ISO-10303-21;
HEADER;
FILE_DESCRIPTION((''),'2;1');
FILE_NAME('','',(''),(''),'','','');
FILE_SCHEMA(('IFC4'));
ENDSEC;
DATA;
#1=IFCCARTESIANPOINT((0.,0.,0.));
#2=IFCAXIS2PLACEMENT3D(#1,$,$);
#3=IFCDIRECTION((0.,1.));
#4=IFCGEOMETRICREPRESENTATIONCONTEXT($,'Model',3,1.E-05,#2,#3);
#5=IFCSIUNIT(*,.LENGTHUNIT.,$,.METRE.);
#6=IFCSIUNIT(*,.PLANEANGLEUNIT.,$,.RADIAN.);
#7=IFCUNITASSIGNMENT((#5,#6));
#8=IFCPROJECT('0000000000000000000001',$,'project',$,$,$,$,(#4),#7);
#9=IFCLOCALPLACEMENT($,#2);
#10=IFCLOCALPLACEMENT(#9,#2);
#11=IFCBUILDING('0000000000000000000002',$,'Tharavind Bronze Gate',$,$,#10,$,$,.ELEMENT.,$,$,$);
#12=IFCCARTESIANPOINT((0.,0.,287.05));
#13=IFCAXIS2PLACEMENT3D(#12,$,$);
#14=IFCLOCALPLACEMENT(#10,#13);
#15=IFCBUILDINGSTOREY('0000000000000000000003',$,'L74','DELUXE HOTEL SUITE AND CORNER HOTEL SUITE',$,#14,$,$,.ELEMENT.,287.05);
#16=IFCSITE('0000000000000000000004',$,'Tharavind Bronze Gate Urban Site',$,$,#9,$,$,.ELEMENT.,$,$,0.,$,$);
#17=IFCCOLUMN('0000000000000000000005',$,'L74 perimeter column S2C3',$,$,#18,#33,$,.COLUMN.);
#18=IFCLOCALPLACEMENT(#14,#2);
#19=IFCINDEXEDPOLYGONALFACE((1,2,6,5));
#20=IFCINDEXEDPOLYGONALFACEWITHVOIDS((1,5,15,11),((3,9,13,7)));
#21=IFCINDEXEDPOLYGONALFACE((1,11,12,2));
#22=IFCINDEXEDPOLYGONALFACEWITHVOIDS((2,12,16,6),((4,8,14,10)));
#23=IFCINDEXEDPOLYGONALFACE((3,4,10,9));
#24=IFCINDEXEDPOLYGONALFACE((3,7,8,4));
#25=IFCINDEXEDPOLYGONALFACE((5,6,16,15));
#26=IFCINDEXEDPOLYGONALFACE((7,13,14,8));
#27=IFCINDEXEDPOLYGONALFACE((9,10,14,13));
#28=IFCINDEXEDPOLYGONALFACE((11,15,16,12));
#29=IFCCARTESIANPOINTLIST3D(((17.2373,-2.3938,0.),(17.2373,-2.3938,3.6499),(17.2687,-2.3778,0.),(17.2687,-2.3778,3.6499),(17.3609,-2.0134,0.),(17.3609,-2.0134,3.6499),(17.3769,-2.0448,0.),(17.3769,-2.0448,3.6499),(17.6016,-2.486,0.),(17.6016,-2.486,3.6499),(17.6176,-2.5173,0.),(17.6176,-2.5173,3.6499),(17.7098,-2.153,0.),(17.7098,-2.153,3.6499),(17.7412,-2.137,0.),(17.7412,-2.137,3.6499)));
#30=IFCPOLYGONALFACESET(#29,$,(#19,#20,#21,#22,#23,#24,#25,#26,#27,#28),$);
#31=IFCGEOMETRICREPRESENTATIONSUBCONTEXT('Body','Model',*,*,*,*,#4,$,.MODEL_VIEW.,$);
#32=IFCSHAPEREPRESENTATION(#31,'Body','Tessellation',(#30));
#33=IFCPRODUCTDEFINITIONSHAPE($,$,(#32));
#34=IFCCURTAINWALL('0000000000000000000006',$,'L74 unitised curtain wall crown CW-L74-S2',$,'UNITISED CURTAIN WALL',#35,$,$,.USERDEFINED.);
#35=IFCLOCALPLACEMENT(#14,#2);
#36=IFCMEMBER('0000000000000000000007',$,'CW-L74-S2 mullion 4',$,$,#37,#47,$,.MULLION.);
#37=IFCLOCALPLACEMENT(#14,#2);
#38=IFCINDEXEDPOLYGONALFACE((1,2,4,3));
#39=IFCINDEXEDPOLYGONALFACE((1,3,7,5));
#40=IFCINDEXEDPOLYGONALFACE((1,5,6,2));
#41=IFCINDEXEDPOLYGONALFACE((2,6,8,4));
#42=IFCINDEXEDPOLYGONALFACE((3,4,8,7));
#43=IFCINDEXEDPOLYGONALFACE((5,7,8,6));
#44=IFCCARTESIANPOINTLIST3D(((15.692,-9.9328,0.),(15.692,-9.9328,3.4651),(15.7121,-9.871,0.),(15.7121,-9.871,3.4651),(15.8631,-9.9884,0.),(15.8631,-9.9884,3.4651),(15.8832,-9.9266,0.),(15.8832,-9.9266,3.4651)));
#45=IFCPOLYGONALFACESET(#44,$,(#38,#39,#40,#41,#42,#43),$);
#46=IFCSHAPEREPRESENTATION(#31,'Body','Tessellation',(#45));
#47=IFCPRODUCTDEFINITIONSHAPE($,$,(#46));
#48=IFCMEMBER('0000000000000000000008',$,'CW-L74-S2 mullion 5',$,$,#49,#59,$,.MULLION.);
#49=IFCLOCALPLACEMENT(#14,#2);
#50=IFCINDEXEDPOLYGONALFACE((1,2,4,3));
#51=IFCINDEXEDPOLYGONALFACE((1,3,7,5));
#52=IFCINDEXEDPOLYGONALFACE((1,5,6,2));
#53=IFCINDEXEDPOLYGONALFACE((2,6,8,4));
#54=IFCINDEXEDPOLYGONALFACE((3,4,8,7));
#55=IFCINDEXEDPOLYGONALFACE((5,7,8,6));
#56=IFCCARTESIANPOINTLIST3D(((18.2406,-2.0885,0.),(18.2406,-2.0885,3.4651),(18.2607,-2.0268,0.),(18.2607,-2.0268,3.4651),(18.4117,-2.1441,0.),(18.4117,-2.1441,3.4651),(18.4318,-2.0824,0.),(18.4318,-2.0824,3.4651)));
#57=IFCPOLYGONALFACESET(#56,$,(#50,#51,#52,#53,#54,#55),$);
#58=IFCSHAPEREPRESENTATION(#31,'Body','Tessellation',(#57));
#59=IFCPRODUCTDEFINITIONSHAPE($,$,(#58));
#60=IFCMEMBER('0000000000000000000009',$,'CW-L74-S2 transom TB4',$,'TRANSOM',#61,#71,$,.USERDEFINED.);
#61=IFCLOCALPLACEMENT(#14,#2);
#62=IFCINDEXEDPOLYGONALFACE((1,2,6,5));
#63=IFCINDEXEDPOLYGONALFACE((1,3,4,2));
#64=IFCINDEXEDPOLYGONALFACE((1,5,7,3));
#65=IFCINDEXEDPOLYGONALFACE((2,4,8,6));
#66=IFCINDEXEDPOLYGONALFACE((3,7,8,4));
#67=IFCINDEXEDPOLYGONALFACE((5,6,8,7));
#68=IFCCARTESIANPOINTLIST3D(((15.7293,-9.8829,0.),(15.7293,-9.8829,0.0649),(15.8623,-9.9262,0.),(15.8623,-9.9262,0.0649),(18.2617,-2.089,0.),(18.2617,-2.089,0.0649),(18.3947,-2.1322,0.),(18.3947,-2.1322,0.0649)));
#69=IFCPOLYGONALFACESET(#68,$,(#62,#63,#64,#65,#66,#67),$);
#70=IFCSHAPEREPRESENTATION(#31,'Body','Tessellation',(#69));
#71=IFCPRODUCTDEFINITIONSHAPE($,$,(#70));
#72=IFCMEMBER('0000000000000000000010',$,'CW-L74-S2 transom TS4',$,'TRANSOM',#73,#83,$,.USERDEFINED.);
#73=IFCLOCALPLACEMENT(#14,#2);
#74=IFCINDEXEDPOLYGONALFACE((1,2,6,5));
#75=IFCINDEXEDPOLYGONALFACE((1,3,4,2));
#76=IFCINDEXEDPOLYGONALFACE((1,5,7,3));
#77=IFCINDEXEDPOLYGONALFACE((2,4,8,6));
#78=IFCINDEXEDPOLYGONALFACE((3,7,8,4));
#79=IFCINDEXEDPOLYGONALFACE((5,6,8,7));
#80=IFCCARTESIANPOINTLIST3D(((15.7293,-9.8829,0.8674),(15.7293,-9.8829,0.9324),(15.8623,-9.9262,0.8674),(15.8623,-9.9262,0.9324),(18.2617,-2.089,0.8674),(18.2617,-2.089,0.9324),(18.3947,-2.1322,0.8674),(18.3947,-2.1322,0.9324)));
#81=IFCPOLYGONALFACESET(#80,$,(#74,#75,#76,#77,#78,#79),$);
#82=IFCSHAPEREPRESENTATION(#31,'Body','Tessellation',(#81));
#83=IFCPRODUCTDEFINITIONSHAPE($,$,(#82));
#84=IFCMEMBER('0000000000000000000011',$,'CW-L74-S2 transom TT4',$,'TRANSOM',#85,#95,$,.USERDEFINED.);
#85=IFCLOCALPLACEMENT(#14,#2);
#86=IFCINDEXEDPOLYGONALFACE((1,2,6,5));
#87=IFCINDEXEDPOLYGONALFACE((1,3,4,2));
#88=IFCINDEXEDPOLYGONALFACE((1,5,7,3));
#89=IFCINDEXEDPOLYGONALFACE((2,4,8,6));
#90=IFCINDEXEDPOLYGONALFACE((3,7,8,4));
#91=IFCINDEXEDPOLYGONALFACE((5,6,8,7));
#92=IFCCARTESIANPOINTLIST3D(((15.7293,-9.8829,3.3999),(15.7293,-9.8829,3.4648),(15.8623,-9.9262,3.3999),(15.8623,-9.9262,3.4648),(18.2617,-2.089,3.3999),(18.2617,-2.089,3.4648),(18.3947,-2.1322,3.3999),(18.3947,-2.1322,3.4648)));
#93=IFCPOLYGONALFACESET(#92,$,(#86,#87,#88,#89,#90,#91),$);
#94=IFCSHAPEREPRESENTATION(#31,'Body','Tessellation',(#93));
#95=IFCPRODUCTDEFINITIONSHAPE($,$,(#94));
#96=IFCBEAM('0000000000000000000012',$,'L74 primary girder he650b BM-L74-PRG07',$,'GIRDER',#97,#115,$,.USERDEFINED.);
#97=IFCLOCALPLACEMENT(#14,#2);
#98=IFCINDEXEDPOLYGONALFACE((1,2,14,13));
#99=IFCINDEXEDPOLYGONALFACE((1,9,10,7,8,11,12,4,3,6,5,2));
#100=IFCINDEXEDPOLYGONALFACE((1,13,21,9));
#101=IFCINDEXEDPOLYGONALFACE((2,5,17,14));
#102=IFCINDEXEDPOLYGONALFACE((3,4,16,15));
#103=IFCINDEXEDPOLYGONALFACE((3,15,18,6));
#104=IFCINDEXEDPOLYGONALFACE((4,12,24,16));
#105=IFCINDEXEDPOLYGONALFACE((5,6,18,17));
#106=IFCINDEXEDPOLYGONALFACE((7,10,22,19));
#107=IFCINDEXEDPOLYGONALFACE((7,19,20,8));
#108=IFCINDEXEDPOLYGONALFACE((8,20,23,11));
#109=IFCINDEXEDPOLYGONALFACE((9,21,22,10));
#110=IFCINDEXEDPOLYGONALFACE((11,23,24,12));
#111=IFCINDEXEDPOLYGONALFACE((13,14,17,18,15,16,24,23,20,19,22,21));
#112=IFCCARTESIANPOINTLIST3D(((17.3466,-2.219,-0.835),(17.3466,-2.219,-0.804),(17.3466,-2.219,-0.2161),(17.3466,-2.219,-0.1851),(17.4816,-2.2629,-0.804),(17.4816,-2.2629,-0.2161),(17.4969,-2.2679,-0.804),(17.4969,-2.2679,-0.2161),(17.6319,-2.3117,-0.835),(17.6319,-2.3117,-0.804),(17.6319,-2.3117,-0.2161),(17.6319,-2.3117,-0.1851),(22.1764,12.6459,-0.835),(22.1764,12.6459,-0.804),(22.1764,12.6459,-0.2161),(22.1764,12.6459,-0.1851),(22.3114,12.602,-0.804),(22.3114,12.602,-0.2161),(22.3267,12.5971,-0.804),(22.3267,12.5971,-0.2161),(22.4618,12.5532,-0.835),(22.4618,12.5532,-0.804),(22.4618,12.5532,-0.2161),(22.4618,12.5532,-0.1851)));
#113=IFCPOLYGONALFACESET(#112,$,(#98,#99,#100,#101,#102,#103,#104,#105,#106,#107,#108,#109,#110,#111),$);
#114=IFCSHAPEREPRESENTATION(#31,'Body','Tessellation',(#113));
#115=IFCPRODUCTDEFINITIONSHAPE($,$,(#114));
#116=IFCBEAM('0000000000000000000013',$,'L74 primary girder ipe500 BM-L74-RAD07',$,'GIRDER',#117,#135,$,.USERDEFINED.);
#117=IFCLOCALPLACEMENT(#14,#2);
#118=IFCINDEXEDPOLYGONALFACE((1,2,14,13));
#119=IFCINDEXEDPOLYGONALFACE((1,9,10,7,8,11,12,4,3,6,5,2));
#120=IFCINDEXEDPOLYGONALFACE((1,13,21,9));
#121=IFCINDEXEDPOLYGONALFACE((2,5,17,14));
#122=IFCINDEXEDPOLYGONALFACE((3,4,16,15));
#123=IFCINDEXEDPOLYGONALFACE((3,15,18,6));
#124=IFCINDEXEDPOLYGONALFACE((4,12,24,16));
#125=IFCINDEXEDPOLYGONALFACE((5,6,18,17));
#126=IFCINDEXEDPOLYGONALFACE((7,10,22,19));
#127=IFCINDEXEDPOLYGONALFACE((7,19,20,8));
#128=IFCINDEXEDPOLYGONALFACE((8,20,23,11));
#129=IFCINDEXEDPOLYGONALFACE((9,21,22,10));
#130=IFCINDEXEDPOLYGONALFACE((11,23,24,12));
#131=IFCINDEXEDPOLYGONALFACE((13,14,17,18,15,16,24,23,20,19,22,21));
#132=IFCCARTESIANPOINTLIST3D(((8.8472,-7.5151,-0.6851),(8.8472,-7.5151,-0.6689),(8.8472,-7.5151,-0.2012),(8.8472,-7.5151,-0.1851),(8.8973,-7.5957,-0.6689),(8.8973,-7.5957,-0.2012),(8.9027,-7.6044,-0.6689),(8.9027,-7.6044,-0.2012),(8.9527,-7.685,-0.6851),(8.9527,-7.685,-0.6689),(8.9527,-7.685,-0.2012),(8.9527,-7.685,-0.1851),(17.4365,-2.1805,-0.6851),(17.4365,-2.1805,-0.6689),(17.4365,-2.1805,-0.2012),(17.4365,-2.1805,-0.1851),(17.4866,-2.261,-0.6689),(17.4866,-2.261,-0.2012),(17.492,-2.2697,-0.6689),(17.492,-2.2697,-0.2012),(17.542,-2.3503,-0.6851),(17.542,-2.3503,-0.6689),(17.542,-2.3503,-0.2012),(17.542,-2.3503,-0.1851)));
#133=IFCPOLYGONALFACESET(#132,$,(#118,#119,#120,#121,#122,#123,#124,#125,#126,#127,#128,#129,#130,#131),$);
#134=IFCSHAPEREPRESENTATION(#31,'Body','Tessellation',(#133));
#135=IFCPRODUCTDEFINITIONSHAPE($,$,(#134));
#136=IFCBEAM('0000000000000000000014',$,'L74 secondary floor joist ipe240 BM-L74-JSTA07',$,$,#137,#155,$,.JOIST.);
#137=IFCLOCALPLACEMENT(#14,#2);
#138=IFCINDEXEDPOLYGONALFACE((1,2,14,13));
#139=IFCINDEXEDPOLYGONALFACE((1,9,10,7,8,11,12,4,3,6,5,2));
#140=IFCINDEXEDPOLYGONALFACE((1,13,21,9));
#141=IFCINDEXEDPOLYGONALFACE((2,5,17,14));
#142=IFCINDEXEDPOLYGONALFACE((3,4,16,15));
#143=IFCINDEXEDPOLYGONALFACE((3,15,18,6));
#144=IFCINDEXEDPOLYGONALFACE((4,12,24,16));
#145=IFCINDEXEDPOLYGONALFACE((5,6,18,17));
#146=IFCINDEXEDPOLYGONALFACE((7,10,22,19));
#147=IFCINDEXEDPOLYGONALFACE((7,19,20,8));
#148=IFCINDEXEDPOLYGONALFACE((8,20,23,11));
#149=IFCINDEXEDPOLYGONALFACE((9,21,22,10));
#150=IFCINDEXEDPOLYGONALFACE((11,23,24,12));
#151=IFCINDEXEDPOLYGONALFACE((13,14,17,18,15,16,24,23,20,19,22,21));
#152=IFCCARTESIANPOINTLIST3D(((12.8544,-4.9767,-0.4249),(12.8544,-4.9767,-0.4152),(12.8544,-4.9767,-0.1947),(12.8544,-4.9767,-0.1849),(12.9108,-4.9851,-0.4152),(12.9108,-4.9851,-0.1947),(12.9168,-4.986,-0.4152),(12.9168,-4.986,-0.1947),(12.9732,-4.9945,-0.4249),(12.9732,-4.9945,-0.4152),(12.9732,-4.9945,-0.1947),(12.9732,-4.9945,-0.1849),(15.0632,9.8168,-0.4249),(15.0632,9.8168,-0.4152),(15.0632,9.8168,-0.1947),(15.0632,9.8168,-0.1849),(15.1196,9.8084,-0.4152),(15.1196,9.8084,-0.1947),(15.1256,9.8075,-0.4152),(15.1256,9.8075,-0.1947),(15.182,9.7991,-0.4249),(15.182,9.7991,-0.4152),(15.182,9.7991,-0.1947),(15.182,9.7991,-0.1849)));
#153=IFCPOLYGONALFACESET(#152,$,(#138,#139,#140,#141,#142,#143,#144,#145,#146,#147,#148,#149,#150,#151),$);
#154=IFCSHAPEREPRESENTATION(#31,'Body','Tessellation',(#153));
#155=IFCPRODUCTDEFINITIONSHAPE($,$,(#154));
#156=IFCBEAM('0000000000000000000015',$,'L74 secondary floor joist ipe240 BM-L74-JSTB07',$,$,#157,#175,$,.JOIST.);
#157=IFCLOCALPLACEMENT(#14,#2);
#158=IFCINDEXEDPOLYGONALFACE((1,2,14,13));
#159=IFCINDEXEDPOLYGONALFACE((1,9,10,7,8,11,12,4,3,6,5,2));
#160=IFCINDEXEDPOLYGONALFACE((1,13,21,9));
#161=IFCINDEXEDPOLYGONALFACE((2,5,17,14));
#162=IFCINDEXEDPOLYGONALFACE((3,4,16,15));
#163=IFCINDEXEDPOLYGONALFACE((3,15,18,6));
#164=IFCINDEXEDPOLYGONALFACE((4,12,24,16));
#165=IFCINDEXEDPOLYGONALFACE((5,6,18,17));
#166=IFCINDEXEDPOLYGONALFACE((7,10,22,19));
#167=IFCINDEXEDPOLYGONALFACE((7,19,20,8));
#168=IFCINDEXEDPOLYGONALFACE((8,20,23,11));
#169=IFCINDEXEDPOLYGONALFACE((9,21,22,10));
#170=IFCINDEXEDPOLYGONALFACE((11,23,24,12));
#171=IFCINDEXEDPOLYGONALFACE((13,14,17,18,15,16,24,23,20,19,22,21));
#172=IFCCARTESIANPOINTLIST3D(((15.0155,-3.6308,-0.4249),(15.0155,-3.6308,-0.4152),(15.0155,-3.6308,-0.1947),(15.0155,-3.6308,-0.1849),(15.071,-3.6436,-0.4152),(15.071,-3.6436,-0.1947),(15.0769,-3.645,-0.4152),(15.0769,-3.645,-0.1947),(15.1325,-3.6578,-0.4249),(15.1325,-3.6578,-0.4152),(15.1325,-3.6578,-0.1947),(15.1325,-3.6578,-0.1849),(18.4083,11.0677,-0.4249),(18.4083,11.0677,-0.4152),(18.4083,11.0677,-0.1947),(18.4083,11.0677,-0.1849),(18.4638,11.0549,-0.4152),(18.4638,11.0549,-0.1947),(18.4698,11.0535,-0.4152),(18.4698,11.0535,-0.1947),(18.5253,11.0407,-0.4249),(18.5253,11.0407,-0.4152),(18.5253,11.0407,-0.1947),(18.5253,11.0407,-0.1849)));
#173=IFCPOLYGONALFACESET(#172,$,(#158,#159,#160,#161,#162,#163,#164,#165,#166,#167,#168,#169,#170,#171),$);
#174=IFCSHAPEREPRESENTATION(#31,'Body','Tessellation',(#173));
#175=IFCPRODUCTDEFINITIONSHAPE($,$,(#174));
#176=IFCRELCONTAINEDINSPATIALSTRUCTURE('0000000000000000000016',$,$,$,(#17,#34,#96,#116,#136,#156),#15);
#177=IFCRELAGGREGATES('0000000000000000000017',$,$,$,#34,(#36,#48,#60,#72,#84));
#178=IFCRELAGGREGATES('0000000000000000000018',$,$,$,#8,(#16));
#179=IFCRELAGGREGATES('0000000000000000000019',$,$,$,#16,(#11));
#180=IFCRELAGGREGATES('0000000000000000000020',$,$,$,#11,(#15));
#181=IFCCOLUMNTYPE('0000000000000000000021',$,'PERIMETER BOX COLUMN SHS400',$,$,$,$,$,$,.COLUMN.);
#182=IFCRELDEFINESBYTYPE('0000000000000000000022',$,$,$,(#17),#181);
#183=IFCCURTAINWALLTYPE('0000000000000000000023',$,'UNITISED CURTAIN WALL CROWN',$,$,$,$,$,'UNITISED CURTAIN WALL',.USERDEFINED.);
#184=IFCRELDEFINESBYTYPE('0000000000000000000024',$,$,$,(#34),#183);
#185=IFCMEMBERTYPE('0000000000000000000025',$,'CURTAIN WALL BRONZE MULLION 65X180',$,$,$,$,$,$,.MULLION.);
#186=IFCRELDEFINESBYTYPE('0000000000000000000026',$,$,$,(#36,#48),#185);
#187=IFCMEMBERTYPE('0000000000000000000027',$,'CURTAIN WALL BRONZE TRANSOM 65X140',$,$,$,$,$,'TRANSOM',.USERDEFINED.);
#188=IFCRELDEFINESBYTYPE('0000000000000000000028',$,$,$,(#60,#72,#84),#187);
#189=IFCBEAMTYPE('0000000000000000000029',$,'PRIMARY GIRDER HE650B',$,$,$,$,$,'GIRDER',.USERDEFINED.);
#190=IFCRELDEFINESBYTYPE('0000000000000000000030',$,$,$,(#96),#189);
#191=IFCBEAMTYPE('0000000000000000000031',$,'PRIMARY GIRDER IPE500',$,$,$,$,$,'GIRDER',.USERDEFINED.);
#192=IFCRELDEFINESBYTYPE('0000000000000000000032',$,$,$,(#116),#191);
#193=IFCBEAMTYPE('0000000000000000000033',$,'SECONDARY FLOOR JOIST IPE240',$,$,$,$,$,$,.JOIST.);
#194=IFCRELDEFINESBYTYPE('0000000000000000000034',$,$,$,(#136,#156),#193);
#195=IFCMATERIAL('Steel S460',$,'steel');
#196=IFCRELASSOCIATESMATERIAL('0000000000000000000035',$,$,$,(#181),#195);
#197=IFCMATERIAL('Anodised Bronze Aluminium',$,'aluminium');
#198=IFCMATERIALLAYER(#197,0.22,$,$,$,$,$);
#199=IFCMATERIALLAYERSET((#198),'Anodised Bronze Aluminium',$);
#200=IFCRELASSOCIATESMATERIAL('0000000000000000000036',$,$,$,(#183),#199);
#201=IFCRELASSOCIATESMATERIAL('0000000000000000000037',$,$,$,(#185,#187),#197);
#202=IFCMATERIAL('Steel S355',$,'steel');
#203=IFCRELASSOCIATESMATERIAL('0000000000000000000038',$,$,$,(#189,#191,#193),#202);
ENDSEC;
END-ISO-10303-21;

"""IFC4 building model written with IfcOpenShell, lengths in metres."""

from ifc_helpers import new_model, si_unit, direction, frame, origin, origin_2d, place, context, subcontext, project, spatial, rectangle, hollow_rectangle, i_section, extrude, material, layer, layer_set, material_profile, profile_set, type_object, element, aggregate, save


model = new_model("IFC4")

# Units and contexts
model_context = context("Model", 3, precision=1e-05, world=origin(), true_north=direction((0.0, 1.0)))
body_context = subcontext(model_context, "Body", "Model", "MODEL_VIEW")
ifc_project = project(units=[si_unit("LENGTHUNIT", "METRE"), si_unit("PLANEANGLEUNIT", "RADIAN")], contexts=[model_context])

# Site, building, storey
site_placement = place(None, origin())
site = spatial("IfcSite", under=ifc_project, at=site_placement, Name="Tharavind Bronze Gate Urban Site", CompositionType="ELEMENT", RefElevation=0.0)
building_placement = place(site_placement, origin())
building = spatial("IfcBuilding", under=site, at=building_placement, Name="Tharavind Bronze Gate", CompositionType="ELEMENT")
storey_placement = place(building_placement, frame((0.0, 0.0, 287.05)))
storey = spatial("IfcBuildingStorey", under=building, at=storey_placement, Name="L74", Description="DELUXE HOTEL SUITE AND CORNER HOTEL SUITE", CompositionType="ELEMENT", Elevation=287.05)

# Column
ifc_material_1 = material(Name="Steel S460", Category="steel")
ifc_material_profile_1 = material_profile(ifc_material_1, hollow_rectangle(XDim=0.3999, YDim=0.3999, WallThickness=0.0249, at=origin_2d()), Name="SHS400X25")
ifc_profile_set_1 = profile_set([ifc_material_profile_1], Name="Steel S460")
column_type = type_object("IfcColumnType", Name="PERIMETER BOX COLUMN SHS400", PredefinedType="COLUMN", material=ifc_profile_set_1)
column_placement = place(storey_placement, frame((17.4893, -2.2654, 0.0), z_axis=(0.0, 0.0, 1.0), x_axis=(0.309019, 0.951056, 0.0)))
element("IfcColumn", 1, at=column_placement, inside=storey, type_object=column_type, Name="L74 perimeter column S2C3", PredefinedType="COLUMN", context=body_context, shape_type="SweptSolid", body=[
    extrude(hollow_rectangle(XDim=0.3999, YDim=0.3999, WallThickness=0.0249, at=origin_2d()), origin(), (0.0, 0.0, 1.0), 3.6499),
])

# Curtain wall, members
ifc_material_2 = material(Name="Anodised Bronze Aluminium", Category="aluminium")
ifc_layer_1 = layer(ifc_material_2, 0.22)
ifc_layer_set_1 = layer_set([ifc_layer_1], Name="Anodised Bronze Aluminium")
curtain_wall_type = type_object("IfcCurtainWallType", Name="UNITISED CURTAIN WALL CROWN", ElementType="UNITISED CURTAIN WALL", PredefinedType="USERDEFINED", material=ifc_layer_set_1)
curtain_wall_placement = place(storey_placement, origin())
curtain_wall = element("IfcCurtainWall", 2, at=curtain_wall_placement, inside=storey, type_object=curtain_wall_type, Name="L74 unitised curtain wall crown CW-L74-S2", ObjectType="UNITISED CURTAIN WALL", PredefinedType="USERDEFINED")
member_type_1 = type_object("IfcMemberType", Name="CURTAIN WALL BRONZE MULLION 65X180", PredefinedType="MULLION", material=ifc_material_2)
member_1_placement = place(storey_placement, frame((15.7876, -9.9297, 0.0), z_axis=(0.0, 0.0, 1.0), x_axis=(0.309017, 0.951057, 0.0)))
member_1 = element("IfcMember", 3, at=member_1_placement, type_object=member_type_1, Name="CW-L74-S2 mullion 4", PredefinedType="MULLION", context=body_context, shape_type="SweptSolid", body=[
    extrude(rectangle(XDim=0.0649, YDim=0.1799, at=origin_2d()), origin(), (0.0, 0.0, 1.0), 3.4651),
])
member_2_placement = place(storey_placement, frame((18.3362, -2.0854, 0.0), z_axis=(0.0, 0.0, 1.0), x_axis=(0.309017, 0.951057, 0.0)))
member_2 = element("IfcMember", 4, at=member_2_placement, type_object=member_type_1, Name="CW-L74-S2 mullion 5", PredefinedType="MULLION", context=body_context, shape_type="SweptSolid", body=[
    extrude(rectangle(XDim=0.0649, YDim=0.1799, at=origin_2d()), origin(), (0.0, 0.0, 1.0), 3.4651),
])
member_type_2 = type_object("IfcMemberType", Name="CURTAIN WALL BRONZE TRANSOM 65X140", ElementType="TRANSOM", PredefinedType="USERDEFINED", material=ifc_material_2)
member_3_placement = place(storey_placement, frame((17.062, -6.0076, 0.0), z_axis=(0.0, 0.0, 1.0), x_axis=(0.309017, 0.951057, 0.0)))
member_3 = element("IfcMember", 5, at=member_3_placement, type_object=member_type_2, Name="CW-L74-S2 transom TB4", ObjectType="TRANSOM", PredefinedType="USERDEFINED", context=body_context, shape_type="SweptSolid", body=[
    extrude(rectangle(XDim=8.1951, YDim=0.1399, at=origin_2d()), origin(), (0.0, 0.0, 1.0), 0.0649),
])
member_4_placement = place(storey_placement, frame((17.062, -6.0076, 0.8674), z_axis=(0.0, 0.0, 1.0), x_axis=(0.309017, 0.951057, 0.0)))
member_4 = element("IfcMember", 6, at=member_4_placement, type_object=member_type_2, Name="CW-L74-S2 transom TS4", ObjectType="TRANSOM", PredefinedType="USERDEFINED", context=body_context, shape_type="SweptSolid", body=[
    extrude(rectangle(XDim=8.1951, YDim=0.1399, at=origin_2d()), origin(), (0.0, 0.0, 1.0), 0.0649),
])
member_5_placement = place(storey_placement, frame((17.062, -6.0076, 3.3999), z_axis=(0.0, 0.0, 1.0), x_axis=(0.309017, 0.951057, 0.0)))
member_5 = element("IfcMember", 7, at=member_5_placement, type_object=member_type_2, Name="CW-L74-S2 transom TT4", ObjectType="TRANSOM", PredefinedType="USERDEFINED", context=body_context, shape_type="SweptSolid", body=[
    extrude(rectangle(XDim=8.1951, YDim=0.1399, at=origin_2d()), origin(), (0.0, 0.0, 1.0), 0.0649),
])

# Beams
ifc_material_3 = material(Name="Steel S355", Category="steel")
ifc_material_profile_2 = material_profile(ifc_material_3, i_section(OverallWidth=0.3, OverallDepth=0.6499, WebThickness=0.0161, FlangeThickness=0.031, at=origin_2d()), Name="HE650B")
ifc_profile_set_2 = profile_set([ifc_material_profile_2], Name="Steel S355")
beam_type_1 = type_object("IfcBeamType", Name="PRIMARY GIRDER HE650B", ElementType="GIRDER", PredefinedType="USERDEFINED", material=ifc_profile_set_2)
beam_1_placement = place(storey_placement, frame((17.4893, -2.2654, -0.51), z_axis=(0.309012, 0.951058, 0.0), x_axis=(-0.951058, 0.309012, 0.0)))
element("IfcBeam", 8, at=beam_1_placement, inside=storey, type_object=beam_type_1, Name="L74 primary girder he650b BM-L74-PRG07", ObjectType="GIRDER", PredefinedType="USERDEFINED", context=body_context, shape_type="SweptSolid", body=[
    extrude(i_section(OverallWidth=0.3, OverallDepth=0.6499, WebThickness=0.0161, FlangeThickness=0.031, at=origin_2d()), origin(), (0.0, 0.0, 1.0), 15.6299),
])
ifc_material_profile_3 = material_profile(ifc_material_3, i_section(OverallWidth=0.2, OverallDepth=0.5, WebThickness=0.0103, FlangeThickness=0.0161, at=origin_2d()), Name="IPE500")
ifc_profile_set_3 = profile_set([ifc_material_profile_3], Name="Steel S355")
beam_type_2 = type_object("IfcBeamType", Name="PRIMARY GIRDER IPE500", ElementType="GIRDER", PredefinedType="USERDEFINED", material=ifc_profile_set_3)
beam_2_placement = place(storey_placement, frame((17.4893, -2.2654, -0.4351), z_axis=(-0.84949, -0.527605, 0.0), x_axis=(0.527605, -0.84949, 0.0)))
element("IfcBeam", 9, at=beam_2_placement, inside=storey, type_object=beam_type_2, Name="L74 primary girder ipe500 BM-L74-RAD07", ObjectType="GIRDER", PredefinedType="USERDEFINED", context=body_context, shape_type="SweptSolid", body=[
    extrude(i_section(OverallWidth=0.2, OverallDepth=0.5, WebThickness=0.0103, FlangeThickness=0.0161, at=origin_2d()), origin(), (0.0, 0.0, 1.0), 10.1111),
])
ifc_material_profile_4 = material_profile(ifc_material_3, i_section(OverallWidth=0.1201, OverallDepth=0.24, WebThickness=0.0061, FlangeThickness=0.0098, at=origin_2d()), Name="IPE240")
ifc_profile_set_4 = profile_set([ifc_material_profile_4], Name="Steel S355")
beam_type_3 = type_object("IfcBeamType", Name="SECONDARY FLOOR JOIST IPE240", PredefinedType="JOIST", material=ifc_profile_set_4)
beam_3_placement = place(storey_placement, frame((12.9138, -4.9856, -0.3049), z_axis=(0.147668, 0.989037, 0.0), x_axis=(-0.989037, 0.147668, 0.0)))
element("IfcBeam", 10, at=beam_3_placement, inside=storey, type_object=beam_type_3, Name="L74 secondary floor joist ipe240 BM-L74-JSTA07", PredefinedType="JOIST", context=body_context, shape_type="SweptSolid", body=[
    extrude(i_section(OverallWidth=0.1201, OverallDepth=0.24, WebThickness=0.0061, FlangeThickness=0.0098, at=origin_2d()), origin(), (0.0, 0.0, 1.0), 14.9575),
])
beam_4_placement = place(storey_placement, frame((15.074, -3.6443, -0.3049), z_axis=(0.224914, 0.974379, 0.0), x_axis=(-0.974379, 0.224914, 0.0)))
element("IfcBeam", 11, at=beam_4_placement, inside=storey, type_object=beam_type_3, Name="L74 secondary floor joist ipe240 BM-L74-JSTB07", PredefinedType="JOIST", context=body_context, shape_type="SweptSolid", body=[
    extrude(i_section(OverallWidth=0.1201, OverallDepth=0.24, WebThickness=0.0061, FlangeThickness=0.0098, at=origin_2d()), origin(), (0.0, 0.0, 1.0), 15.085),
])

aggregate(curtain_wall, [member_1, member_2, member_3, member_4, member_5])

save(model, "model.ifc")
